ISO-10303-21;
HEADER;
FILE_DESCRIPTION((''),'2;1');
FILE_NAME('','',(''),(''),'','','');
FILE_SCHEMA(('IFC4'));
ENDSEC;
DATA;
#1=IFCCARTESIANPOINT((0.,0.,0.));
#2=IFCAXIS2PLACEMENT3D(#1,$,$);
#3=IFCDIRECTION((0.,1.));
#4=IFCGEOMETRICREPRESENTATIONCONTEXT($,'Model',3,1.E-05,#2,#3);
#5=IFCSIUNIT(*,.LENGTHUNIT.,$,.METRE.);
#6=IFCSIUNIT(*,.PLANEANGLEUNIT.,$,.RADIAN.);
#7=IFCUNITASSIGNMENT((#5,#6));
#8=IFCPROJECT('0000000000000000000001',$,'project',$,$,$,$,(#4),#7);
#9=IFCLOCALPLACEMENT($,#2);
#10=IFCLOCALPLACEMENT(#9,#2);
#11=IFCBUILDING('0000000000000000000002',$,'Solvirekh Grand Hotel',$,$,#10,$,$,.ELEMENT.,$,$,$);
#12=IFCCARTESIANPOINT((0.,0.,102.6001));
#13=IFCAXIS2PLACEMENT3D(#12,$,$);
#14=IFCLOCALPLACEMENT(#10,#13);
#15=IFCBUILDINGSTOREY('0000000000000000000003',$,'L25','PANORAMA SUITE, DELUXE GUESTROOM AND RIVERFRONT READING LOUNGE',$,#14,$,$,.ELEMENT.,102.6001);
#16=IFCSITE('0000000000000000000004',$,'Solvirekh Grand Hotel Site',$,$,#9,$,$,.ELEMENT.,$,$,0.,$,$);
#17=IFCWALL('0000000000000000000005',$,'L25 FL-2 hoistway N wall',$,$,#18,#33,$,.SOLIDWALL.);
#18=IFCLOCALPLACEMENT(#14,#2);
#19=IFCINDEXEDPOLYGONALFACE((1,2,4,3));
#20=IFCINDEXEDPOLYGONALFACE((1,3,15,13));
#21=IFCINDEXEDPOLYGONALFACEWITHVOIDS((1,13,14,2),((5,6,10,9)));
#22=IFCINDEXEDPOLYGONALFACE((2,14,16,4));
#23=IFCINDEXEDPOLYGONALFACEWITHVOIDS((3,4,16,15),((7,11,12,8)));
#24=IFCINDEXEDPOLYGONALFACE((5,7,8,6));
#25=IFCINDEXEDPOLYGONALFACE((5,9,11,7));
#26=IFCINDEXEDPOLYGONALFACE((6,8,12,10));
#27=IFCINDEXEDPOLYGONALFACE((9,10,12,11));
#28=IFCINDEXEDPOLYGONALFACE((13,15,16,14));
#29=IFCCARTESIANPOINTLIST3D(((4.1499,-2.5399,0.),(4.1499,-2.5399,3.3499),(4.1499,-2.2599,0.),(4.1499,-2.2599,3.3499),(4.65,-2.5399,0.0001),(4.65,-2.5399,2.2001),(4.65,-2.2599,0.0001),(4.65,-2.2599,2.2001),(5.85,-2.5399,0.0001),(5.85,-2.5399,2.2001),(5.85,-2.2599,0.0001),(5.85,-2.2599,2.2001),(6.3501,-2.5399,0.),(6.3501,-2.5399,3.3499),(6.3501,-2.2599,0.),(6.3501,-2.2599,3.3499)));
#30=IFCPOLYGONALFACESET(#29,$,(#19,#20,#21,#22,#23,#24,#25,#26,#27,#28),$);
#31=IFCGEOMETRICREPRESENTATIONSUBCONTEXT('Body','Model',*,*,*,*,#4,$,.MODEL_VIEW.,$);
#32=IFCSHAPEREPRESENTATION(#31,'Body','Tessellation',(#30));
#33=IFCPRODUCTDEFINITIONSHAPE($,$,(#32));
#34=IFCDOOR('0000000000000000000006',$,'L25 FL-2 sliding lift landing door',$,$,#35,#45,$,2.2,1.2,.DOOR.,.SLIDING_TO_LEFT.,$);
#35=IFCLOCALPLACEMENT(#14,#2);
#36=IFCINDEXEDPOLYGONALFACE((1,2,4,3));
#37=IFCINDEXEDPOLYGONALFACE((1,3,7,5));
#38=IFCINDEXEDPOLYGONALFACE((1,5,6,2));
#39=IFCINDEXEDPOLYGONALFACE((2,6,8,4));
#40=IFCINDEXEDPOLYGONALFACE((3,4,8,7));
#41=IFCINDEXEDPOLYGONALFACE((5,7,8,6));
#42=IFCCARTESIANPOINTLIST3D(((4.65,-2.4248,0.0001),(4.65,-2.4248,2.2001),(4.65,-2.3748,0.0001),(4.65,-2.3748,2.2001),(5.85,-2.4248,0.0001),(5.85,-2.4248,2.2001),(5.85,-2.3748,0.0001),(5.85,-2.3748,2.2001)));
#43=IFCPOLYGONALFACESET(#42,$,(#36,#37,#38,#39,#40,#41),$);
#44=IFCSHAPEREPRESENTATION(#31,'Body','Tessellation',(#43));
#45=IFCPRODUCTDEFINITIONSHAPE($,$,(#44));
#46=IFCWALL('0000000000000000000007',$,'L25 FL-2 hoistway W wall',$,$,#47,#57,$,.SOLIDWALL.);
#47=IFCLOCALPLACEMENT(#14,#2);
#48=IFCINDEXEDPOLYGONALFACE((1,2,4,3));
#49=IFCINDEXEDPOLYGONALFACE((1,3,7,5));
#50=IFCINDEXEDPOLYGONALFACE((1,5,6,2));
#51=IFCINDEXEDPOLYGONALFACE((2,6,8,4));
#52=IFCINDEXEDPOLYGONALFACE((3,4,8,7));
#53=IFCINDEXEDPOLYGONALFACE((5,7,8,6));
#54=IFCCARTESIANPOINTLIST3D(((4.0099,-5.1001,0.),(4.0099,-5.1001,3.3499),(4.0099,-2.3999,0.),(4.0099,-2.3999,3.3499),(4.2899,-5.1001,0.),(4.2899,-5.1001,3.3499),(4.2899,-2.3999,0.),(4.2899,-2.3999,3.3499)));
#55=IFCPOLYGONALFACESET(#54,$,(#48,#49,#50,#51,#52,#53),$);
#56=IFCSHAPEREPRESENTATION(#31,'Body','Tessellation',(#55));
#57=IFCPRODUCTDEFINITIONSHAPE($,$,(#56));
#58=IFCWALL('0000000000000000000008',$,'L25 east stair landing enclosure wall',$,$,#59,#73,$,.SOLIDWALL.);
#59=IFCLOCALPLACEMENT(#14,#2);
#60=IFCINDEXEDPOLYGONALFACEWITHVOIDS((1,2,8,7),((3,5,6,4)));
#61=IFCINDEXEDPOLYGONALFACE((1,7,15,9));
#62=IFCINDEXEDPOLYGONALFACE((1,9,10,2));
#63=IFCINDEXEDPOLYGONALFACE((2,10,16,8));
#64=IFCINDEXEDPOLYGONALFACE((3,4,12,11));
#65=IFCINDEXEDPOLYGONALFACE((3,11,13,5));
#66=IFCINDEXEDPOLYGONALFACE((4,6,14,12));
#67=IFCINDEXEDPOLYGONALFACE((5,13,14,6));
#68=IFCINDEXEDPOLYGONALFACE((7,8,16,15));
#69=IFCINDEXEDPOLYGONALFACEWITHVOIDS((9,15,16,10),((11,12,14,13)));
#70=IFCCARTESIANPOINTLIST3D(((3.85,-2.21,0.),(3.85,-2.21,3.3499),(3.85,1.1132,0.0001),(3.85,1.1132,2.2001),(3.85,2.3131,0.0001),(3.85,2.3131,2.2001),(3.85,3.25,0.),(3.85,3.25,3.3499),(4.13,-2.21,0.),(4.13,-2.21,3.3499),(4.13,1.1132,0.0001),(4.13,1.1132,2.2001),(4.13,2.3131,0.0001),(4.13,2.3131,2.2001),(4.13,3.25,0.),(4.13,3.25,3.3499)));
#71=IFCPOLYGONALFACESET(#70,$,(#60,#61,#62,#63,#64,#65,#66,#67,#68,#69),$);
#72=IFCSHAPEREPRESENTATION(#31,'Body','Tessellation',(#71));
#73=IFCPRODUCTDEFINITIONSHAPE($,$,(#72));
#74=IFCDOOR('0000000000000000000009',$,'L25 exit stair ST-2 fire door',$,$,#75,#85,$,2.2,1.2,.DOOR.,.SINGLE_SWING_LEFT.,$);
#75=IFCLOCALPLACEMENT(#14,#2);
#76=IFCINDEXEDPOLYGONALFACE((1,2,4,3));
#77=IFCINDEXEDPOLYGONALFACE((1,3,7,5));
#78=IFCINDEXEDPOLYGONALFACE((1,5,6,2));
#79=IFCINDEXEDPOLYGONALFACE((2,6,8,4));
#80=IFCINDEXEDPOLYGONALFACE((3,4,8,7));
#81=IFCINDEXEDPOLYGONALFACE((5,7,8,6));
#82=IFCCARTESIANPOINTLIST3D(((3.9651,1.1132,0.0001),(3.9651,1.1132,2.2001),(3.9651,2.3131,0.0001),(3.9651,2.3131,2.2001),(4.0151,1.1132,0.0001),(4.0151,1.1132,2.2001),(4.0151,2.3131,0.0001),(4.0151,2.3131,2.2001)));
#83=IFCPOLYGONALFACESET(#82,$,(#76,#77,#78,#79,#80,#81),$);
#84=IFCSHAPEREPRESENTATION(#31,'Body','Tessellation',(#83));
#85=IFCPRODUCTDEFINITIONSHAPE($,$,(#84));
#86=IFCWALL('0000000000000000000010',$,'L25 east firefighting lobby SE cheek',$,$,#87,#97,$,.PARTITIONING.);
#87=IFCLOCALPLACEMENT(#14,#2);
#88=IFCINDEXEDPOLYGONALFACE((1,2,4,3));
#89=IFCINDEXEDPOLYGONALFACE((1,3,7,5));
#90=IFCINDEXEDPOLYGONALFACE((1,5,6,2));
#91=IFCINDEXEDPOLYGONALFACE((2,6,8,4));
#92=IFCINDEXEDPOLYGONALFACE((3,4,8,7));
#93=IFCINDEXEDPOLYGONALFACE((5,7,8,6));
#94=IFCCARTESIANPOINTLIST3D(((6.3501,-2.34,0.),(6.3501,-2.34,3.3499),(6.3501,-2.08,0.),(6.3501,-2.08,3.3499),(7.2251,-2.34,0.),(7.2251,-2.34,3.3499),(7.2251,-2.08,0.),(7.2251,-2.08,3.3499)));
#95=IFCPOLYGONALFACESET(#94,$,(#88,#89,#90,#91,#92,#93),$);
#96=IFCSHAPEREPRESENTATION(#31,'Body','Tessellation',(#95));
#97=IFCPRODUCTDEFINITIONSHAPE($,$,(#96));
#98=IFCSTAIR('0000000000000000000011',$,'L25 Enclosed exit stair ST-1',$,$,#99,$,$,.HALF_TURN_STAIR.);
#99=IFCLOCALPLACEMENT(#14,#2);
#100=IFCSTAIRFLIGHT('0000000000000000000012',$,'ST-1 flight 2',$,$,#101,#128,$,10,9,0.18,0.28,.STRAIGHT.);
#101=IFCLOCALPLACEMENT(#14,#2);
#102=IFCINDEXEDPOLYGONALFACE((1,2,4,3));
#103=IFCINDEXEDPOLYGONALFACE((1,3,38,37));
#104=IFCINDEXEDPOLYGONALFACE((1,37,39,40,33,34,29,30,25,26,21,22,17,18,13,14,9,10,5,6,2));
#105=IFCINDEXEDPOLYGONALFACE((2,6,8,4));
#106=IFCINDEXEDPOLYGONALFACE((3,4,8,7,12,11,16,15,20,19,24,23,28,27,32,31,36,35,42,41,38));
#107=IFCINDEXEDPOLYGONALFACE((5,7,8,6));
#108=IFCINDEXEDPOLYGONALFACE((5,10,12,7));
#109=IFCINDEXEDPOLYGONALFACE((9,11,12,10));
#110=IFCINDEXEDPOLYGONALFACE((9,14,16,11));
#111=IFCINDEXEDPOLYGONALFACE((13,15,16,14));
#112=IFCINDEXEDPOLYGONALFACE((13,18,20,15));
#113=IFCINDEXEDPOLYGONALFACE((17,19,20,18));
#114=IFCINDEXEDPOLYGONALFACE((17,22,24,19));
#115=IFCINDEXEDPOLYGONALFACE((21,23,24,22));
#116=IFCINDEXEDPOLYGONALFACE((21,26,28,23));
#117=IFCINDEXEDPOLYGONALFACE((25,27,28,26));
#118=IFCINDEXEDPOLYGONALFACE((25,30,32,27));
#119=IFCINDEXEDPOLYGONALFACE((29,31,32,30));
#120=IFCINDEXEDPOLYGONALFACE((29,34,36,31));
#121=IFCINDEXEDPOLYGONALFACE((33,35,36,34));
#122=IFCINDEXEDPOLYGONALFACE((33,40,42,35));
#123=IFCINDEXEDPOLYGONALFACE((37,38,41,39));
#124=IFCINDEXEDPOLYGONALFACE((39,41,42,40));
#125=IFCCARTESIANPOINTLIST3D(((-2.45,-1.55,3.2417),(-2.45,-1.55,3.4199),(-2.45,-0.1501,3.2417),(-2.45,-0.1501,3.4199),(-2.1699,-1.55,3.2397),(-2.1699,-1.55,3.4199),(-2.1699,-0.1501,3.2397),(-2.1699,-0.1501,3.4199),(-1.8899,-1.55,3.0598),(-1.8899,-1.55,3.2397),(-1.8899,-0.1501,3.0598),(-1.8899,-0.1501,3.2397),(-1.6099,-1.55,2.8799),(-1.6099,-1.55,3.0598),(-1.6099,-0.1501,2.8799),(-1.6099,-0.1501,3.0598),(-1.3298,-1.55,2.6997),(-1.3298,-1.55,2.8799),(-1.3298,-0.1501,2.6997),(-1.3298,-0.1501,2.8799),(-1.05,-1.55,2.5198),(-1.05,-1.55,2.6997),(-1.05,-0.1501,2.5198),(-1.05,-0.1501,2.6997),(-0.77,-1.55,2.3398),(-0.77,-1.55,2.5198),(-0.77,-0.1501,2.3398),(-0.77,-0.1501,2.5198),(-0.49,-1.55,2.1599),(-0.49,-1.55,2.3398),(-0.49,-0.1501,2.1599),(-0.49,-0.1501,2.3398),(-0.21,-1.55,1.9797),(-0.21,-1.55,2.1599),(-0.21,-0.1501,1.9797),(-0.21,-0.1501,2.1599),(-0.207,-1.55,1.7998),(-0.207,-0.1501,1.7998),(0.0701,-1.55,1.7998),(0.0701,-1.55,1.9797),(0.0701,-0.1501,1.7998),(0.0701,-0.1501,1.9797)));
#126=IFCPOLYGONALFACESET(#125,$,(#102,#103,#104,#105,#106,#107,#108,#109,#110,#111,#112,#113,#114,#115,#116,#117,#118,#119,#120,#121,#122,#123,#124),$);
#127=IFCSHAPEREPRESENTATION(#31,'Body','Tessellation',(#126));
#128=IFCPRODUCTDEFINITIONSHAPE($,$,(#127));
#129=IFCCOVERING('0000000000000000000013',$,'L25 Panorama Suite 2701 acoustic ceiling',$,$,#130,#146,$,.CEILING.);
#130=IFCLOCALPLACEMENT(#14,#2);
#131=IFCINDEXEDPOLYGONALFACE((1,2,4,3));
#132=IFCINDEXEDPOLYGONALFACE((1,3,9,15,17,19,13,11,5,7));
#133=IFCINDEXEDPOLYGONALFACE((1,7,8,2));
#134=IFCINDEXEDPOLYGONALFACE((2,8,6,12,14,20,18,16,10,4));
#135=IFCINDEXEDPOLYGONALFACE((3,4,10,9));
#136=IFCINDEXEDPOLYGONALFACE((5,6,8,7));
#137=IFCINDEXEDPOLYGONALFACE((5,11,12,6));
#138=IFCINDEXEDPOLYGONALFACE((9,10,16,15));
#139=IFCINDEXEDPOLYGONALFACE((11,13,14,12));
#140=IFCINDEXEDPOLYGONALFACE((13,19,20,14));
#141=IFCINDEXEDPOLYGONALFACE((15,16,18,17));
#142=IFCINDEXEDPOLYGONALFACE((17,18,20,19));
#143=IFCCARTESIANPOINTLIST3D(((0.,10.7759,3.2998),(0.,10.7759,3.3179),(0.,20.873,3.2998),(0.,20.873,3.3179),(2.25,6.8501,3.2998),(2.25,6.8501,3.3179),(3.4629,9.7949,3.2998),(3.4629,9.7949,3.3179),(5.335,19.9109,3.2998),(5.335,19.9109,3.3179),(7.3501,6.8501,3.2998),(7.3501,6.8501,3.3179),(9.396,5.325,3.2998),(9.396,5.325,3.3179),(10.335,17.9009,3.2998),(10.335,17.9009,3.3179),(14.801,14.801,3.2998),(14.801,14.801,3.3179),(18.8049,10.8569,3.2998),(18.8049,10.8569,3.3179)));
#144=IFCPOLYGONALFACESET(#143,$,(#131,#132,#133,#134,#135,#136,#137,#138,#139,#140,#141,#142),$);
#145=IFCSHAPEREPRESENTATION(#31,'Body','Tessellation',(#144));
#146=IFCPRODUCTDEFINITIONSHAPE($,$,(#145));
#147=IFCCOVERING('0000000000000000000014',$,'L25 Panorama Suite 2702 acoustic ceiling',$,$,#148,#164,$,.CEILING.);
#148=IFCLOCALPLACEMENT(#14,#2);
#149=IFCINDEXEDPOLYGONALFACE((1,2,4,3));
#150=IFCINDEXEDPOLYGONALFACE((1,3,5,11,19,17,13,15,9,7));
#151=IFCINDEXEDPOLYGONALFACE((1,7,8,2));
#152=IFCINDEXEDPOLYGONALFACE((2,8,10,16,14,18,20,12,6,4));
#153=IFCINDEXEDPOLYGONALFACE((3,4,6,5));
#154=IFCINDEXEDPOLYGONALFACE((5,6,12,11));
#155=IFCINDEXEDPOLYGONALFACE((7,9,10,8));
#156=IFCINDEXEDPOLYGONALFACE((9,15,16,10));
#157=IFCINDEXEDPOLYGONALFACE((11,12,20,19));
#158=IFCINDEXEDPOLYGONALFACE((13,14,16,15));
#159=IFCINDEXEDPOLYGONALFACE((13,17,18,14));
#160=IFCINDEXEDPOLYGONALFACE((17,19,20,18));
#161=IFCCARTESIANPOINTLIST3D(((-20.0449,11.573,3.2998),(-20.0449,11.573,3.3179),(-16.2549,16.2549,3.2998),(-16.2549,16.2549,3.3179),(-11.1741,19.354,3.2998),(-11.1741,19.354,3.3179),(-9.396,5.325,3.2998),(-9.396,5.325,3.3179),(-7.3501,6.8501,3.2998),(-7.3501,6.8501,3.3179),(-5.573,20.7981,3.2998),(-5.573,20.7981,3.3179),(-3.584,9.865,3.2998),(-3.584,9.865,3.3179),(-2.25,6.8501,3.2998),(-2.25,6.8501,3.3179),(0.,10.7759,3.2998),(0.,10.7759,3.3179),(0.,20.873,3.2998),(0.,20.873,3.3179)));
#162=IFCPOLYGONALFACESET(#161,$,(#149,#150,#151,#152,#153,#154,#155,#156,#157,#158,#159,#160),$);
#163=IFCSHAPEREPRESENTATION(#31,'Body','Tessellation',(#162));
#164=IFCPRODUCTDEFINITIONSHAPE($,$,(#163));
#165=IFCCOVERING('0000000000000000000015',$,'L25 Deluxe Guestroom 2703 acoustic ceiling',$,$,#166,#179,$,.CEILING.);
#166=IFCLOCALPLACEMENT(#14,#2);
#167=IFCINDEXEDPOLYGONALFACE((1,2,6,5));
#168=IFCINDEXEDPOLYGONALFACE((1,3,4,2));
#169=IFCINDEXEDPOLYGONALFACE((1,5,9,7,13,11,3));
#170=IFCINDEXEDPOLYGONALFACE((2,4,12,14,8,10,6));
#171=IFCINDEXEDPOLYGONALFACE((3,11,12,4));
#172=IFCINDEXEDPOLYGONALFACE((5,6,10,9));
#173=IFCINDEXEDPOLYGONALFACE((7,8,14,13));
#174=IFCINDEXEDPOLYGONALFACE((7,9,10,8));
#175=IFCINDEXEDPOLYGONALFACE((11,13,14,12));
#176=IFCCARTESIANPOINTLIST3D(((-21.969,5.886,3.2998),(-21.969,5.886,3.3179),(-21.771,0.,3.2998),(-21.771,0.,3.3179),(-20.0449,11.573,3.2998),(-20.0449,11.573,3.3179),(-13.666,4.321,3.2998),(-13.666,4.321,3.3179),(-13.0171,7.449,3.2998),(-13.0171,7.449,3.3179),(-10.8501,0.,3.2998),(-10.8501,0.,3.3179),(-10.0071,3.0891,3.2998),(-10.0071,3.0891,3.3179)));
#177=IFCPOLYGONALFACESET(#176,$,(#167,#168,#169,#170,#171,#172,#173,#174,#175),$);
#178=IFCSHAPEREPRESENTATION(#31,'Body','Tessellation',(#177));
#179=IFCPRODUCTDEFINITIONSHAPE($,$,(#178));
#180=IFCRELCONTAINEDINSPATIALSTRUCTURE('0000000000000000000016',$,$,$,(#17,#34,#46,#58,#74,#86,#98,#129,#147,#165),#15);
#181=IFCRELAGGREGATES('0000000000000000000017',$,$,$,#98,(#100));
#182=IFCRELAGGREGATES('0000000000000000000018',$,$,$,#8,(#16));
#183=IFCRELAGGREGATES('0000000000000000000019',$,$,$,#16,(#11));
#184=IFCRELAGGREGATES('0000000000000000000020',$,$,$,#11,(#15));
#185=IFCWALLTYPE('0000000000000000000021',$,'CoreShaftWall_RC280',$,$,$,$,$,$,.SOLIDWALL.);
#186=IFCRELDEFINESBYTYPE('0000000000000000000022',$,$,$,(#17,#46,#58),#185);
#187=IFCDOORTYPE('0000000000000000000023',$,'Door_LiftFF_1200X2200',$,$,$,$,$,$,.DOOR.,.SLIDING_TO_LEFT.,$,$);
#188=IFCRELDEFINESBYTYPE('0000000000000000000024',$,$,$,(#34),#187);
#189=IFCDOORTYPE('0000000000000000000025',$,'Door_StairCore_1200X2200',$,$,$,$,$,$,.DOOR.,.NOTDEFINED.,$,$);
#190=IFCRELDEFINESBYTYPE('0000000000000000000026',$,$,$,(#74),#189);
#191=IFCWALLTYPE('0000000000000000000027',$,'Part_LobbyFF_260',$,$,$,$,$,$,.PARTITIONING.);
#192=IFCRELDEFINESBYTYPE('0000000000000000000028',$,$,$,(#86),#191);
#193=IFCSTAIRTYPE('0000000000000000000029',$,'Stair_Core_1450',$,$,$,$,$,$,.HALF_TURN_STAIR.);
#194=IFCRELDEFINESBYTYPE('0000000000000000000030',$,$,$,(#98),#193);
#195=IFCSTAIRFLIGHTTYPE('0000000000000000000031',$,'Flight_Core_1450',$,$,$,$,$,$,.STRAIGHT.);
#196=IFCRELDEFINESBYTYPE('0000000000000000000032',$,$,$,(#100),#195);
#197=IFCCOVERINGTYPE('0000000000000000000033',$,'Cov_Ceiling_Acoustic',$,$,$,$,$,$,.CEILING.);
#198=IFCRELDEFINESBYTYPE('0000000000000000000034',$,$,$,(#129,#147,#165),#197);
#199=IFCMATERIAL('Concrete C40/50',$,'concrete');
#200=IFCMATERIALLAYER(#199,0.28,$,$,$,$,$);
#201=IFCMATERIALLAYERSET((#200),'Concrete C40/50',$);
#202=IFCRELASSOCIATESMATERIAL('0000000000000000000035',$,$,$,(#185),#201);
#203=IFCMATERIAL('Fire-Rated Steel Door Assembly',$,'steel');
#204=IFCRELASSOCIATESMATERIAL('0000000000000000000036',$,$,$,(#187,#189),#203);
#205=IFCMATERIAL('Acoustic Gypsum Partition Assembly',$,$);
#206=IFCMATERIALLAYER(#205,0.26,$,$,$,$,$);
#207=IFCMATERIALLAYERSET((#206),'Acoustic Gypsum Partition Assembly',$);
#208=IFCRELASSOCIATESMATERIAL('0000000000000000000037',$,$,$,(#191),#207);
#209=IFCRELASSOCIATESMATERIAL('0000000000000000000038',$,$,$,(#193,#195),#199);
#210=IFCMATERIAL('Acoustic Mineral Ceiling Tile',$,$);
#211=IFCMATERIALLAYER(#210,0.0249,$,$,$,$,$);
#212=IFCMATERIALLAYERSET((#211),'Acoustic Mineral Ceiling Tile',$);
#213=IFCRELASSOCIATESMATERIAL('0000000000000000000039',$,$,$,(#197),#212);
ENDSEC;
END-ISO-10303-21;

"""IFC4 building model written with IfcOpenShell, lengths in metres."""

from ifc_helpers import new_model, si_unit, direction, frame, frame_2d, origin, place, context, subcontext, project, spatial, polyline, rectangle, outline, extrude, material, layer, layer_set, type_object, element, fill, aggregate, save


model = new_model("IFC4")

# Units and contexts
model_context = context("Model", 3, precision=1e-05, world=origin(), true_north=direction((0.0, 1.0)))
body_context = subcontext(model_context, "Body", "Model", "MODEL_VIEW")
ifc_project = project(units=[si_unit("LENGTHUNIT", "METRE"), si_unit("PLANEANGLEUNIT", "RADIAN")], contexts=[model_context])

# Site, building, storey
site_placement = place(None, origin())
site = spatial("IfcSite", under=ifc_project, at=site_placement, Name="Solvirekh Grand Hotel Site", CompositionType="ELEMENT", RefElevation=0.0)
building_placement = place(site_placement, origin())
building = spatial("IfcBuilding", under=site, at=building_placement, Name="Solvirekh Grand Hotel", CompositionType="ELEMENT")
storey_placement = place(building_placement, frame((0.0, 0.0, 102.6001)))
storey = spatial("IfcBuildingStorey", under=building, at=storey_placement, Name="L25", Description="PANORAMA SUITE, DELUXE GUESTROOM AND RIVERFRONT READING LOUNGE", CompositionType="ELEMENT", Elevation=102.6001)

# Wall, opening, door
ifc_material_1 = material(Name="Concrete C40/50", Category="concrete")
ifc_layer_1 = layer(ifc_material_1, 0.28)
ifc_layer_set_1 = layer_set([ifc_layer_1], Name="Concrete C40/50")
wall_type_1 = type_object("IfcWallType", Name="CoreShaftWall_RC280", PredefinedType="SOLIDWALL", material=ifc_layer_set_1)
wall_1_placement = place(storey_placement, frame((6.3501, -2.3999, 0.0), z_axis=(0.0, 0.0, 1.0), x_axis=(-1.0, 0.0, 0.0)))
wall_1 = element("IfcWall", 1, at=wall_1_placement, inside=storey, type_object=wall_type_1, Name="L25 FL-2 hoistway N wall", PredefinedType="SOLIDWALL", context=body_context, shape_type="SweptSolid", body=[
    extrude(rectangle(XDim=2.2002, YDim=0.28, at=frame_2d((1.1001, 0.0))), origin(), (0.0, 0.0, 1.0), 3.3499),
])
opening_1_placement = place(wall_1_placement, frame((0.5, 0.0, 0.0)))
opening_1 = element("IfcOpeningElement", 2, at=opening_1_placement, cuts=wall_1, PredefinedType="OPENING", context=body_context, shape_type="SweptSolid", body=[
    extrude(rectangle(XDim=1.2, YDim=2.2, at=frame_2d((0.6001, 1.1001))), frame((0.0, 0.1499, 0.0), z_axis=(0.0, -1.0, 0.0), x_axis=(1.0, 0.0, 0.0)), (0.0, 0.0, 1.0), 0.3),
])
ifc_material_2 = material(Name="Fire-Rated Steel Door Assembly", Category="steel")
door_type_1 = type_object("IfcDoorType", Name="Door_LiftFF_1200X2200", OperationType="SLIDING_TO_LEFT", PredefinedType="DOOR", material=ifc_material_2)
door_1_placement = place(opening_1_placement, origin())
door_1 = element("IfcDoor", 3, at=door_1_placement, inside=storey, type_object=door_type_1, Name="L25 FL-2 sliding lift landing door", OperationType="SLIDING_TO_LEFT", OverallHeight=2.2, OverallWidth=1.2, PredefinedType="DOOR", context=body_context, shape_type="SweptSolid", body=[
    extrude(rectangle(XDim=1.2, YDim=2.2, at=frame_2d((0.6001, 1.1001))), frame((0.0, 0.0249, 0.0), z_axis=(0.0, -1.0, 0.0), x_axis=(1.0, 0.0, 0.0)), (0.0, 0.0, 1.0), 0.05),
])
fill(opening_1, door_1)

# Wall
wall_2_placement = place(storey_placement, frame((4.1499, -2.3999, 0.0), z_axis=(0.0, 0.0, 1.0), x_axis=(0.0, -1.0, 0.0)))
element("IfcWall", 4, at=wall_2_placement, inside=storey, type_object=wall_type_1, Name="L25 FL-2 hoistway W wall", PredefinedType="SOLIDWALL", context=body_context, shape_type="SweptSolid", body=[
    extrude(rectangle(XDim=2.7002, YDim=0.28, at=frame_2d((1.3501, 0.0))), origin(), (0.0, 0.0, 1.0), 3.3499),
])

# Wall, opening, door
wall_3_placement = place(storey_placement, frame((3.99, -2.21, 0.0), z_axis=(0.0, 0.0, 1.0), x_axis=(0.0, 1.0, 0.0)))
wall_3 = element("IfcWall", 5, at=wall_3_placement, inside=storey, type_object=wall_type_1, Name="L25 east stair landing enclosure wall", PredefinedType="SOLIDWALL", context=body_context, shape_type="SweptSolid", body=[
    extrude(rectangle(XDim=5.46, YDim=0.28, at=frame_2d((2.73, 0.0))), origin(), (0.0, 0.0, 1.0), 3.3499),
])
opening_2_placement = place(wall_3_placement, frame((3.323, 0.0, 0.0)))
opening_2 = element("IfcOpeningElement", 6, at=opening_2_placement, cuts=wall_3, PredefinedType="OPENING", context=body_context, shape_type="SweptSolid", body=[
    extrude(rectangle(XDim=1.2, YDim=2.2, at=frame_2d((0.6001, 1.1001))), frame((0.0, 0.1499, 0.0), z_axis=(0.0, -1.0, 0.0), x_axis=(1.0, 0.0, 0.0)), (0.0, 0.0, 1.0), 0.3),
])
door_type_2 = type_object("IfcDoorType", Name="Door_StairCore_1200X2200", OperationType="NOTDEFINED", PredefinedType="DOOR", material=ifc_material_2)
door_2_placement = place(opening_2_placement, origin())
door_2 = element("IfcDoor", 7, at=door_2_placement, inside=storey, type_object=door_type_2, Name="L25 exit stair ST-2 fire door", OperationType="SINGLE_SWING_LEFT", OverallHeight=2.2, OverallWidth=1.2, PredefinedType="DOOR", context=body_context, shape_type="SweptSolid", body=[
    extrude(rectangle(XDim=1.2, YDim=2.2, at=frame_2d((0.6001, 1.1001))), frame((0.0, 0.0249, 0.0), z_axis=(0.0, -1.0, 0.0), x_axis=(1.0, 0.0, 0.0)), (0.0, 0.0, 1.0), 0.05),
])
fill(opening_2, door_2)

# Wall
ifc_material_3 = material(Name="Acoustic Gypsum Partition Assembly")
ifc_layer_2 = layer(ifc_material_3, 0.26)
ifc_layer_set_2 = layer_set([ifc_layer_2], Name="Acoustic Gypsum Partition Assembly")
wall_type_2 = type_object("IfcWallType", Name="Part_LobbyFF_260", PredefinedType="PARTITIONING", material=ifc_layer_set_2)
wall_4_placement = place(storey_placement, frame((6.3501, -2.21, 0.0), z_axis=(0.0, 0.0, 1.0), x_axis=(1.0, 0.0, 0.0)))
element("IfcWall", 8, at=wall_4_placement, inside=storey, type_object=wall_type_2, Name="L25 east firefighting lobby SE cheek", PredefinedType="PARTITIONING", context=body_context, shape_type="SweptSolid", body=[
    extrude(rectangle(XDim=0.875, YDim=0.26, at=frame_2d((0.4375, 0.0))), origin(), (0.0, 0.0, 1.0), 3.3499),
])

# Stair, stair flight
stair_type = type_object("IfcStairType", Name="Stair_Core_1450", PredefinedType="HALF_TURN_STAIR", material=ifc_material_1)
stair_placement = place(storey_placement, origin())
stair = element("IfcStair", 9, at=stair_placement, inside=storey, type_object=stair_type, Name="L25 Enclosed exit stair ST-1", PredefinedType="HALF_TURN_STAIR")
stair_flight_type = type_object("IfcStairFlightType", Name="Flight_Core_1450", PredefinedType="STRAIGHT", material=ifc_material_1)
stair_flight_placement = place(storey_placement, frame((0.0701, -0.8501, 1.7998), z_axis=(0.0, 0.0, 1.0), x_axis=(-1.0, 0.0, 0.0)))
stair_flight = element("IfcStairFlight", 10, at=stair_flight_placement, type_object=stair_flight_type, Name="ST-1 flight 2", NumberOfRisers=10, NumberOfTreads=9, PredefinedType="STRAIGHT", RiserHeight=0.18, TreadLength=0.28, context=body_context, shape_type="SweptSolid", body=[
    extrude(outline(polyline([(0.0, 0.0), (0.0, 0.1799), (0.28, 0.1799), (0.28, 0.3601), (0.5601, 0.3601), (0.5601, 0.54), (0.8401, 0.54), (0.8401, 0.72), (1.1201, 0.72), (1.1201, 0.8999), (1.3999, 0.8999), (1.3999, 1.0801), (1.6799, 1.0801), (1.6799, 1.26), (1.96, 1.26), (1.96, 1.4399), (2.24, 1.4399), (2.24, 1.6201), (2.52, 1.6201), (2.52, 1.8), (2.52, 1.4419), (0.2771, 0.0), (0.0, 0.0)])), frame((0.0, 0.7, 0.0), z_axis=(0.0, -1.0, 0.0), x_axis=(1.0, 0.0, 0.0)), (0.0, 0.0, 1.0), 1.3999),
])
aggregate(stair, [stair_flight])

# Coverings
ifc_material_4 = material(Name="Acoustic Mineral Ceiling Tile")
ifc_layer_3 = layer(ifc_material_4, 0.0249)
ifc_layer_set_3 = layer_set([ifc_layer_3], Name="Acoustic Mineral Ceiling Tile")
covering_type_1 = type_object("IfcCoveringType", Name="Cov_Ceiling_Acoustic", PredefinedType="CEILING", material=ifc_layer_set_3)
covering_1_placement = place(storey_placement, frame((0.0, 0.0, 3.2998)))
element("IfcCovering", 11, at=covering_1_placement, inside=storey, type_object=covering_type_1, Name="L25 Panorama Suite 2701 acoustic ceiling", PredefinedType="CEILING", context=body_context, shape_type="SweptSolid", body=[
    extrude(outline(polyline([(0.0, 10.7759), (3.4629, 9.7949), (2.25, 6.8501), (7.3501, 6.8501), (9.396, 5.325), (18.8049, 10.8569), (14.801, 14.801), (10.335, 17.9009), (5.335, 19.9109), (0.0, 20.873), (0.0, 10.7759)])), origin(), (0.0, 0.0, 1.0), 0.0181),
])
covering_2_placement = place(storey_placement, frame((0.0, 0.0, 3.2998)))
element("IfcCovering", 12, at=covering_2_placement, inside=storey, type_object=covering_type_1, Name="L25 Panorama Suite 2702 acoustic ceiling", PredefinedType="CEILING", context=body_context, shape_type="SweptSolid", body=[
    extrude(outline(polyline([(-2.25, 6.8501), (-3.584, 9.865), (0.0, 10.7759), (0.0, 20.873), (-5.573, 20.7981), (-11.1741, 19.354), (-16.2549, 16.2549), (-20.0449, 11.573), (-9.396, 5.325), (-7.3501, 6.8501), (-2.25, 6.8501)])), origin(), (0.0, 0.0, 1.0), 0.0181),
])
covering_3_placement = place(storey_placement, frame((0.0, 0.0, 3.2998)))
element("IfcCovering", 13, at=covering_3_placement, inside=storey, type_object=covering_type_1, Name="L25 Deluxe Guestroom 2703 acoustic ceiling", PredefinedType="CEILING", context=body_context, shape_type="SweptSolid", body=[
    extrude(outline(polyline([(-13.666, 4.321), (-13.0171, 7.449), (-20.0449, 11.573), (-21.969, 5.886), (-21.771, 0.0), (-10.8501, 0.0), (-10.0071, 3.0891), (-13.666, 4.321)])), origin(), (0.0, 0.0, 1.0), 0.0181),
])

save(model, "model.ifc")
